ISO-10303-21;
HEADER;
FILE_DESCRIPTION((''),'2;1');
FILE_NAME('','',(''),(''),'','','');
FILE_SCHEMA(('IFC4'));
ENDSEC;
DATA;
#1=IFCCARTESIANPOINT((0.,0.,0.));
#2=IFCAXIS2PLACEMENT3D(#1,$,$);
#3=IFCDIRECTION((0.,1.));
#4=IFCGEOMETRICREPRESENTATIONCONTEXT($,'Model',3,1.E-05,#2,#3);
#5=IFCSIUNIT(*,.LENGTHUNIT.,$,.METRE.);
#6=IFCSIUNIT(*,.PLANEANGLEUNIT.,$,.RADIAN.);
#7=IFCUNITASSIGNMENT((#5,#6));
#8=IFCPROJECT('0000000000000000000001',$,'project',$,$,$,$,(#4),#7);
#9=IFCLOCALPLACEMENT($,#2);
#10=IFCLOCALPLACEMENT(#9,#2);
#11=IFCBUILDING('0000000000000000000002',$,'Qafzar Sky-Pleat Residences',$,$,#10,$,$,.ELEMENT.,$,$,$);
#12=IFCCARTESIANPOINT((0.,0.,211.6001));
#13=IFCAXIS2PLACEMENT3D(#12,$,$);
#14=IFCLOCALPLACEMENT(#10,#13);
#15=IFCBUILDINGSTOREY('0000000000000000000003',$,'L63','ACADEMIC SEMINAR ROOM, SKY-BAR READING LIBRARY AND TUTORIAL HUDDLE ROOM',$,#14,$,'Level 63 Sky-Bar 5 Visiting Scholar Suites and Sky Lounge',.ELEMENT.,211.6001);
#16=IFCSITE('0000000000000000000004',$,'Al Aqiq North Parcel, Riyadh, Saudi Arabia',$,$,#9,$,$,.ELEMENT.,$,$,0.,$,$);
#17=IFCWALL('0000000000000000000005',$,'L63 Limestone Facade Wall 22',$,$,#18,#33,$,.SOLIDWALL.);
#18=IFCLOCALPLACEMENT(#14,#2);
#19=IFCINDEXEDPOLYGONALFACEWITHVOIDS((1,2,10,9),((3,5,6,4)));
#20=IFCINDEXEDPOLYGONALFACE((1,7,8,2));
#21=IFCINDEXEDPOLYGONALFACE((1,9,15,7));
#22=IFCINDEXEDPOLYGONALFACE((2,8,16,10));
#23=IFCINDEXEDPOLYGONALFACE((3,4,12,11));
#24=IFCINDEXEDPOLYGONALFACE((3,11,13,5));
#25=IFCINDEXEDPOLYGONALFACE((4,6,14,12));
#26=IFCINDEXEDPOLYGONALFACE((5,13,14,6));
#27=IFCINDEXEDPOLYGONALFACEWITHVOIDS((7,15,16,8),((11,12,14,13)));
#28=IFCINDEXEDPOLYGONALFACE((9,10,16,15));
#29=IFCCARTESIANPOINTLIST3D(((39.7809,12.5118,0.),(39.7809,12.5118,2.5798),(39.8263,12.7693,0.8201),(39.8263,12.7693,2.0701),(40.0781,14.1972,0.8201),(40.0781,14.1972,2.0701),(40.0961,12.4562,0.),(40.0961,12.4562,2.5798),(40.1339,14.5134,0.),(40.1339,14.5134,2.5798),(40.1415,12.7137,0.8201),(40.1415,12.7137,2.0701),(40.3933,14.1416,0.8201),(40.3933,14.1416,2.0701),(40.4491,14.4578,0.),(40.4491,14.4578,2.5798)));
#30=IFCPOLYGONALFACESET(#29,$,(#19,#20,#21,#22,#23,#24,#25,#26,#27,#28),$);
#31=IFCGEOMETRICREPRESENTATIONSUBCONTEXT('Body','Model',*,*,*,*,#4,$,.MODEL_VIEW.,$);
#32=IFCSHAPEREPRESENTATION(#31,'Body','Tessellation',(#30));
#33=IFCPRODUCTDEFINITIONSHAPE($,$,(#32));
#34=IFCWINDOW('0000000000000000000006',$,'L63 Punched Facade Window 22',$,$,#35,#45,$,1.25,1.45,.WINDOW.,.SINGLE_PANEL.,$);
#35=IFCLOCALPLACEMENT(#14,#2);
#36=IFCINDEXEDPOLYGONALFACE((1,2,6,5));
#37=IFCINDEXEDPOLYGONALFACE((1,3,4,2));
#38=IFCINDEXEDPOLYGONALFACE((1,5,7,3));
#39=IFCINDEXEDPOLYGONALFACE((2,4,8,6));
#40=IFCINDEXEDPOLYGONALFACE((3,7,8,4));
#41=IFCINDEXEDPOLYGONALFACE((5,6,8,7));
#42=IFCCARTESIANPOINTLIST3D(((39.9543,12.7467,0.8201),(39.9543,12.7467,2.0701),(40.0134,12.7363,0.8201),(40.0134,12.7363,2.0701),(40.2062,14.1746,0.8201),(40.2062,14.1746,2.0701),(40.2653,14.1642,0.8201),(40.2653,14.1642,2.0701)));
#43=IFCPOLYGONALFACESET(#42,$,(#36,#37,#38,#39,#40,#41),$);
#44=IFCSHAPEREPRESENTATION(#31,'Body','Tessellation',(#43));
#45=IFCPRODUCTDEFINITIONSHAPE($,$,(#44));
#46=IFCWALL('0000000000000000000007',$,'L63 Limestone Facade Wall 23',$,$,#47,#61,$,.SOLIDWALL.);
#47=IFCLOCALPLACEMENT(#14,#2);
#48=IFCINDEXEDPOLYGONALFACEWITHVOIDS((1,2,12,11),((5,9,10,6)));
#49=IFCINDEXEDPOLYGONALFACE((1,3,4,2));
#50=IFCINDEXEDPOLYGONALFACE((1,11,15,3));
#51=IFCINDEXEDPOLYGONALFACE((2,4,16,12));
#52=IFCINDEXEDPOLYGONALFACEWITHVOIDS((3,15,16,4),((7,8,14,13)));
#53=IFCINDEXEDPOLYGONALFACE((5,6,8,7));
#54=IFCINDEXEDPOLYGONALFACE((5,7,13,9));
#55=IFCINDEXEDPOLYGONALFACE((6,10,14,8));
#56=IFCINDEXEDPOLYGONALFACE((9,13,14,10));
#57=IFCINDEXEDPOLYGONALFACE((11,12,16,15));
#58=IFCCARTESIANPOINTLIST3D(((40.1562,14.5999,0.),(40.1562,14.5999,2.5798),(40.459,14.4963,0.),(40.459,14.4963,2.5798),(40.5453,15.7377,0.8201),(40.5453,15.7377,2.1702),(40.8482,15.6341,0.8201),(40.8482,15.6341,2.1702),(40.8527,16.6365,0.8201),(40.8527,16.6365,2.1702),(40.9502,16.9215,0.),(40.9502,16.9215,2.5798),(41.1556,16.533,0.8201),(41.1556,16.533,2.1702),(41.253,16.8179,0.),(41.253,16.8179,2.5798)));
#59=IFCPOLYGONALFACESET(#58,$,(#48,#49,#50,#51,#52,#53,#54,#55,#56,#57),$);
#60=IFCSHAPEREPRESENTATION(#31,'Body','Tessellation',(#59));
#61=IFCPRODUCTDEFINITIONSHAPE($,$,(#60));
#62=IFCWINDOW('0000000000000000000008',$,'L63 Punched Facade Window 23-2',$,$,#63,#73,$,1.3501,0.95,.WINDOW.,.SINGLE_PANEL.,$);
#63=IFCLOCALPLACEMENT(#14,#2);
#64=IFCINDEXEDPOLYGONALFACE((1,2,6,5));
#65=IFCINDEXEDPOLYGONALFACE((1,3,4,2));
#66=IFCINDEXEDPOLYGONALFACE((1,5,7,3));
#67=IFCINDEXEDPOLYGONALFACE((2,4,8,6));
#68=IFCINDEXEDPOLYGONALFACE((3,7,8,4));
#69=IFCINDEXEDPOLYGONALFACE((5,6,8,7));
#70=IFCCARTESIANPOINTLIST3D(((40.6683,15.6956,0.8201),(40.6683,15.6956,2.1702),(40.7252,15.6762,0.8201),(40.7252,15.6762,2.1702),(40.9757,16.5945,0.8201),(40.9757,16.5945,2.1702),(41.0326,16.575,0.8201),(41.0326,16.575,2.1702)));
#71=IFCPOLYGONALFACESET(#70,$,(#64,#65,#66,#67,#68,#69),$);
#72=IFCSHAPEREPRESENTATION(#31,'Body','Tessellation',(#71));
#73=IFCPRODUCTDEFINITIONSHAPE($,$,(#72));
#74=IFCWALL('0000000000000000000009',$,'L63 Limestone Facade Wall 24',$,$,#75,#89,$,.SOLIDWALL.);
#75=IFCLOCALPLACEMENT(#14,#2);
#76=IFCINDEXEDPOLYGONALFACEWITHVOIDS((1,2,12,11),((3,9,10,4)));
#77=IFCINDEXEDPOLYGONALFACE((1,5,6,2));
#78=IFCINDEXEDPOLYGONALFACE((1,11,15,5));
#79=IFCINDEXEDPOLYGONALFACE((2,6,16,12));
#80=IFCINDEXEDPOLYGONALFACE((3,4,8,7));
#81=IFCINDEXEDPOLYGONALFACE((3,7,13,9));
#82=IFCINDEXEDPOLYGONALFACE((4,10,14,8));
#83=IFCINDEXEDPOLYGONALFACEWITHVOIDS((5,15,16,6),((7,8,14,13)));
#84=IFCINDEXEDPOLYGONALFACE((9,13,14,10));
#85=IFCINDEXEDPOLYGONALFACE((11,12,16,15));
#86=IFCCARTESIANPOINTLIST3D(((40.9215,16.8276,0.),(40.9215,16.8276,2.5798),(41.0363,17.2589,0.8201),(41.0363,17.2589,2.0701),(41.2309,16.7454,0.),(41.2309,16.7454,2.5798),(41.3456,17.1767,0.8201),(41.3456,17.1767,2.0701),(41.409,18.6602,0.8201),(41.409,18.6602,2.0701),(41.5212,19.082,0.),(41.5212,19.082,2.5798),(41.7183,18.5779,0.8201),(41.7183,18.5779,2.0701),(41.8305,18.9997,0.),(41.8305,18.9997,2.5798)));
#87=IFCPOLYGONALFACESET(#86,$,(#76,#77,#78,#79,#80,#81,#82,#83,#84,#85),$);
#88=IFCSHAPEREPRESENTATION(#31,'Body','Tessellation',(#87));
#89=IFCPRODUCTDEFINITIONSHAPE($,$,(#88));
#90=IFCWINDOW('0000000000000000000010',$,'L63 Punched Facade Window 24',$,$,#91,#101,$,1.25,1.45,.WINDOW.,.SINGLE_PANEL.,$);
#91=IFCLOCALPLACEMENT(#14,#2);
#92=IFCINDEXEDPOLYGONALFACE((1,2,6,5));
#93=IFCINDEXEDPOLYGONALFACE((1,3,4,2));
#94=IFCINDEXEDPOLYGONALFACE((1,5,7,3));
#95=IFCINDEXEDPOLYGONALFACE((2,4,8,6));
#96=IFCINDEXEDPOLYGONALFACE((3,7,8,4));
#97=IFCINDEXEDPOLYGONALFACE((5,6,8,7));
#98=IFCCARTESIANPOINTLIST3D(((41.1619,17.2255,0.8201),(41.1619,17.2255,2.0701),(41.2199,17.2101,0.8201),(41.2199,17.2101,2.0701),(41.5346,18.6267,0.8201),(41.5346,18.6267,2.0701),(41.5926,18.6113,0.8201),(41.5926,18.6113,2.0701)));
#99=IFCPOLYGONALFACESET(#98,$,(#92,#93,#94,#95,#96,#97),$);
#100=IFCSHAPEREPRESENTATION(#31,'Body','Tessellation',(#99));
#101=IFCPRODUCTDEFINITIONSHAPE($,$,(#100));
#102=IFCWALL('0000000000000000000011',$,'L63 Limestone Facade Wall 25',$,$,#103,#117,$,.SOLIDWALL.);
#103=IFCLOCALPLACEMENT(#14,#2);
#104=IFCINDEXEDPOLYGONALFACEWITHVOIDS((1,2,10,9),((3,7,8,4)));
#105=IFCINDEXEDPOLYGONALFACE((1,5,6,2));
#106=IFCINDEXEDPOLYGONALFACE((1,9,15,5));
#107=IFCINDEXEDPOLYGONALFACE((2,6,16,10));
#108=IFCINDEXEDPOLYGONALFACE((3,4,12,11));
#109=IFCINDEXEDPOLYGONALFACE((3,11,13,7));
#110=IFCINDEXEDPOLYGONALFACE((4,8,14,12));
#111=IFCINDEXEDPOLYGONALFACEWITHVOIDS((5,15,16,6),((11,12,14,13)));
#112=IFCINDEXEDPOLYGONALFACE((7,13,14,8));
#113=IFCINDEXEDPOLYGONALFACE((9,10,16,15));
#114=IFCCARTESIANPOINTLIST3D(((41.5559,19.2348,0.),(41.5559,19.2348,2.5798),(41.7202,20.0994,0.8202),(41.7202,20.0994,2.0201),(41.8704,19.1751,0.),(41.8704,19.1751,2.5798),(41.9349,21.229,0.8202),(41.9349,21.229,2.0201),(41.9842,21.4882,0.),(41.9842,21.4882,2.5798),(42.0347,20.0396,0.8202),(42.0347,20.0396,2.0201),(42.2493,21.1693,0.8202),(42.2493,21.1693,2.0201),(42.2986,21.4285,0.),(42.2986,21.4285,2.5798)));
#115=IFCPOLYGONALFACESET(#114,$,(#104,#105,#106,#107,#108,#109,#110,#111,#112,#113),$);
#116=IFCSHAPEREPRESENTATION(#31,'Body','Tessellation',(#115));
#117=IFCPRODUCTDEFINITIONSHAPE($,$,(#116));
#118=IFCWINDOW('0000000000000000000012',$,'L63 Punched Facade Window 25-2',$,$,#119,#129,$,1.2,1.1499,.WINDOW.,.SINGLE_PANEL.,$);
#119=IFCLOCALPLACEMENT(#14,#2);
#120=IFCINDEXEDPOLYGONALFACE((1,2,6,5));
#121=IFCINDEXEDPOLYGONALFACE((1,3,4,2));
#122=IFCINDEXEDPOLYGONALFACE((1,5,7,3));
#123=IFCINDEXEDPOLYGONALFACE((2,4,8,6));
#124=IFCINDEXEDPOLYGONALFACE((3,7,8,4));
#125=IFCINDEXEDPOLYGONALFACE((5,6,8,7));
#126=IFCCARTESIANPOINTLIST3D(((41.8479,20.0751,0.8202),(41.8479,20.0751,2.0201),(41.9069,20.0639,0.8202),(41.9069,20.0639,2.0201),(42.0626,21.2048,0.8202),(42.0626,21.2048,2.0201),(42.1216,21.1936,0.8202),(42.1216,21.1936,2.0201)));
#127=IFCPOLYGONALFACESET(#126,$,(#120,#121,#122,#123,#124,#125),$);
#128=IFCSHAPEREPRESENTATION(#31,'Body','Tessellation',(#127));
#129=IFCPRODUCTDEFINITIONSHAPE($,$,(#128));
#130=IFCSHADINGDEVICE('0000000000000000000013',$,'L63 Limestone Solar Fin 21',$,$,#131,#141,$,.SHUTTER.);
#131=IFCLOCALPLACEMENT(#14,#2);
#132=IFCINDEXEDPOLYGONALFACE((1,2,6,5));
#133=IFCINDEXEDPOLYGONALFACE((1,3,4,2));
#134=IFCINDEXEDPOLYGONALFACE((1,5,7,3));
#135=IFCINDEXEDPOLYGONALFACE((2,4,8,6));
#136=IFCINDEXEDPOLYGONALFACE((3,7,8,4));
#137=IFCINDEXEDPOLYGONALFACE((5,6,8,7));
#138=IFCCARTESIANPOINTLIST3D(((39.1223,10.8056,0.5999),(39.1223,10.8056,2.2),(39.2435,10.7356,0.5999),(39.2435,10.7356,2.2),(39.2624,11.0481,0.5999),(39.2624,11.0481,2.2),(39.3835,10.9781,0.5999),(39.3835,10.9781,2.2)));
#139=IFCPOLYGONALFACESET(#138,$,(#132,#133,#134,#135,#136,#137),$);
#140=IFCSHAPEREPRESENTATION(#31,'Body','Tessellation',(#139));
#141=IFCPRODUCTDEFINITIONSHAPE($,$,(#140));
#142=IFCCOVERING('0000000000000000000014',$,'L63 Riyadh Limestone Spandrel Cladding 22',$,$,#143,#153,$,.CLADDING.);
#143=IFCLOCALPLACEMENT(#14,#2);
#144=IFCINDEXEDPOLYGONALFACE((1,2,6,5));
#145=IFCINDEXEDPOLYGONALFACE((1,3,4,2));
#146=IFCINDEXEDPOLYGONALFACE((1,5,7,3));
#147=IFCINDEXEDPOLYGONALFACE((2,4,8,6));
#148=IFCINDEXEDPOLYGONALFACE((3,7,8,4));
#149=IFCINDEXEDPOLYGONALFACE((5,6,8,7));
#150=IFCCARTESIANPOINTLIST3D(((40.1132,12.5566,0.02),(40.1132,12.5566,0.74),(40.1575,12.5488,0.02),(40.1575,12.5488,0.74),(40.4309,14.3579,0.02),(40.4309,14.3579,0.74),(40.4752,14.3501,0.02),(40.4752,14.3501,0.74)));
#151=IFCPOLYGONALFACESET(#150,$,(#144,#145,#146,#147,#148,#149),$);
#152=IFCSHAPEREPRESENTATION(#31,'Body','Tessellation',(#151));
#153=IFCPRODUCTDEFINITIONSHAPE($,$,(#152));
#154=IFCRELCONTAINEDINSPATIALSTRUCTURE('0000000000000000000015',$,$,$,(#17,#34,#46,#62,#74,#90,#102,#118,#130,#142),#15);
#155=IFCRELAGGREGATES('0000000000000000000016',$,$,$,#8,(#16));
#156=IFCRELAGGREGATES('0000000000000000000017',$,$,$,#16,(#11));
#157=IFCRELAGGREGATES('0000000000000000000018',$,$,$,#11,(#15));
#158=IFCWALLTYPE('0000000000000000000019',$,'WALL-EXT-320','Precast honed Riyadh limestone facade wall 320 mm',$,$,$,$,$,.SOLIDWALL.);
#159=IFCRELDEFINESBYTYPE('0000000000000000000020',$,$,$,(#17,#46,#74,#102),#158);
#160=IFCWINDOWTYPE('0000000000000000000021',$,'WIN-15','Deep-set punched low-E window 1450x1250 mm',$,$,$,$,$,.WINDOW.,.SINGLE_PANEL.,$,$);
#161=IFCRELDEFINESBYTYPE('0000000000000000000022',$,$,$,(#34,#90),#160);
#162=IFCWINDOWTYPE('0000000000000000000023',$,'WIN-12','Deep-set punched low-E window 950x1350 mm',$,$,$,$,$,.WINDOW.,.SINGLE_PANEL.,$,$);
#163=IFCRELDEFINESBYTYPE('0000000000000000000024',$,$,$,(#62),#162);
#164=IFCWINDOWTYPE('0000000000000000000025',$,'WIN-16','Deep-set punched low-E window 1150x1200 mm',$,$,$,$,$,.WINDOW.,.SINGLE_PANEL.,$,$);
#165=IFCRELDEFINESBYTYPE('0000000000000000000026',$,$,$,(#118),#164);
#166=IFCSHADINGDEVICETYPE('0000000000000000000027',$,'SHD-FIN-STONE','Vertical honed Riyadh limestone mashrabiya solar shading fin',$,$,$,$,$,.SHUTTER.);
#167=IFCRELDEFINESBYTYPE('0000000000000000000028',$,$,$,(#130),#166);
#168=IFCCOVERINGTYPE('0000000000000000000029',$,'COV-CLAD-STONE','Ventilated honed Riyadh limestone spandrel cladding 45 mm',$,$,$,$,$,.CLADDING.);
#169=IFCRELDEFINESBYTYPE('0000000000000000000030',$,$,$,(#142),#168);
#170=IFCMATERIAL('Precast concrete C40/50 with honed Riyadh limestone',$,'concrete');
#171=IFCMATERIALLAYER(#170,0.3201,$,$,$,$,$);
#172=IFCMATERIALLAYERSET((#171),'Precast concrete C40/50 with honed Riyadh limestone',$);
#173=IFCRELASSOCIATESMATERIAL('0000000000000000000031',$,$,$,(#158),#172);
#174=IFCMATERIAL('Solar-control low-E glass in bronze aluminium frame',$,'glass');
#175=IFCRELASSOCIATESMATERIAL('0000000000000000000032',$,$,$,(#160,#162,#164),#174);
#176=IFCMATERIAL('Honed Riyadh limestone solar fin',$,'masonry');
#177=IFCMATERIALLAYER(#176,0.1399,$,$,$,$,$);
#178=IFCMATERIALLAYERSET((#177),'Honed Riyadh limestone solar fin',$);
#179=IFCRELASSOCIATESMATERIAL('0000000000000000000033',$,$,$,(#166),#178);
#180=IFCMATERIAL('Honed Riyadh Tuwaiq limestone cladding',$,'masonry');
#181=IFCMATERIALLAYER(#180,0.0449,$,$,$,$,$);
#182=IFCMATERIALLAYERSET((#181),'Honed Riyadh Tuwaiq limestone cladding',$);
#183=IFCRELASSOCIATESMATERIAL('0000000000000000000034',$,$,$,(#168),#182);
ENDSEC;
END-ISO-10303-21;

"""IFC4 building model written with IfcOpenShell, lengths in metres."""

from ifc_helpers import new_model, si_unit, direction, frame, frame_2d, origin, origin_2d, place, context, subcontext, project, spatial, rectangle, extrude, source, transform, mapped, material, layer, layer_set, type_object, element, fill, save


model = new_model("IFC4")

# Units and contexts
model_context = context("Model", 3, precision=1e-05, world=origin(), true_north=direction((0.0, 1.0)))
body_context = subcontext(model_context, "Body", "Model", "MODEL_VIEW")
ifc_project = project(units=[si_unit("LENGTHUNIT", "METRE"), si_unit("PLANEANGLEUNIT", "RADIAN")], contexts=[model_context])

# Site, building, storey
site_placement = place(None, origin())
site = spatial("IfcSite", under=ifc_project, at=site_placement, Name="Al Aqiq North Parcel, Riyadh, Saudi Arabia", CompositionType="ELEMENT", RefElevation=0.0)
building_placement = place(site_placement, origin())
building = spatial("IfcBuilding", under=site, at=building_placement, Name="Qafzar Sky-Pleat Residences", CompositionType="ELEMENT")
storey_placement = place(building_placement, frame((0.0, 0.0, 211.6001)))
storey = spatial("IfcBuildingStorey", under=building, at=storey_placement, Name="L63", Description="ACADEMIC SEMINAR ROOM, SKY-BAR READING LIBRARY AND TUTORIAL HUDDLE ROOM", LongName="Level 63 Sky-Bar 5 Visiting Scholar Suites and Sky Lounge", CompositionType="ELEMENT", Elevation=211.6001)

# Walls, openings, windows
ifc_material_1 = material(Name="Precast concrete C40/50 with honed Riyadh limestone", Category="concrete")
ifc_layer_1 = layer(ifc_material_1, 0.3201)
ifc_layer_set_1 = layer_set([ifc_layer_1], Name="Precast concrete C40/50 with honed Riyadh limestone")
wall_type_1 = type_object("IfcWallType", Name="WALL-EXT-320", Description="Precast honed Riyadh limestone facade wall 320 mm", PredefinedType="SOLIDWALL", material=ifc_layer_set_1)
ifc_material_2 = material(Name="Solar-control low-E glass in bronze aluminium frame", Category="glass")
window_type_1 = type_object("IfcWindowType", Name="WIN-15", Description="Deep-set punched low-E window 1450x1250 mm", PartitioningType="SINGLE_PANEL", PredefinedType="WINDOW", material=ifc_material_2)
shared_shape_1 = source(origin(), body_context, "Body", "SweptSolid", [
    extrude(rectangle(XDim=1.45, YDim=1.25, at=frame_2d((0.7251, 0.625))), frame((0.0, 0.03, 0.0), z_axis=(0.0, -1.0, 0.0), x_axis=(1.0, 0.0, 0.0)), (0.0, 0.0, 1.0), 0.0601),
])
wall_1_placement = place(storey_placement, frame((39.9385, 12.4841, 0.0), z_axis=(0.0, 0.0, 1.0), x_axis=(0.173703, 0.984798, 0.0)))
wall_1 = element("IfcWall", 1, at=wall_1_placement, inside=storey, type_object=wall_type_1, Name="L63 Limestone Facade Wall 22", PredefinedType="SOLIDWALL", context=body_context, shape_type="SweptSolid", body=[
    extrude(rectangle(XDim=2.0325, YDim=0.3201, at=frame_2d((1.0161, 0.0))), origin(), (0.0, 0.0, 1.0), 2.5798),
])
opening_1_placement = place(wall_1_placement, frame((0.2612, 0.0, 0.8201)))
opening_1 = element("IfcOpeningElement", 2, at=opening_1_placement, cuts=wall_1, PredefinedType="OPENING", context=body_context, shape_type="SweptSolid", body=[
    extrude(rectangle(XDim=1.45, YDim=1.25, at=frame_2d((0.7251, 0.625))), frame((0.0, 0.1699, 0.0), z_axis=(0.0, -1.0, 0.0), x_axis=(1.0, 0.0, 0.0)), (0.0, 0.0, 1.0), 0.3401),
])
window_1_placement = place(opening_1_placement, origin())
window_1 = element("IfcWindow", 3, at=window_1_placement, inside=storey, type_object=window_type_1, Name="L63 Punched Facade Window 22", OverallHeight=1.25, OverallWidth=1.45, PartitioningType="SINGLE_PANEL", PredefinedType="WINDOW", context=body_context, shape_type="MappedRepresentation", body=[
    mapped(shared_shape_1, transform((0.0, 0.0, 0.0), x_axis=(1.0, 0.0, 0.0), y_axis=(0.0, 1.0, 0.0), z_axis=(0.0, 0.0, 1.0), scale=1.0)),
])
fill(opening_1, window_1)
wall_2_placement = place(storey_placement, frame((40.3076, 14.5481, 0.0), z_axis=(0.0, 0.0, 1.0), x_axis=(0.323592, 0.946197, 0.0)))
wall_2 = element("IfcWall", 4, at=wall_2_placement, inside=storey, type_object=wall_type_1, Name="L63 Limestone Facade Wall 23", PredefinedType="SOLIDWALL", context=body_context, shape_type="SweptSolid", body=[
    extrude(rectangle(XDim=2.4536, YDim=0.3201, at=frame_2d((1.2268, 0.0))), origin(), (0.0, 0.0, 1.0), 2.5798),
])
opening_2_placement = place(wall_2_placement, frame((1.2024, 0.0, 0.8201)))
opening_2 = element("IfcOpeningElement", 5, at=opening_2_placement, cuts=wall_2, PredefinedType="OPENING", context=body_context, shape_type="SweptSolid", body=[
    extrude(rectangle(XDim=0.95, YDim=1.3501, at=frame_2d((0.4751, 0.675))), frame((0.0, 0.1699, 0.0), z_axis=(0.0, -1.0, 0.0), x_axis=(1.0, 0.0, 0.0)), (0.0, 0.0, 1.0), 0.3401),
])
window_type_2 = type_object("IfcWindowType", Name="WIN-12", Description="Deep-set punched low-E window 950x1350 mm", PartitioningType="SINGLE_PANEL", PredefinedType="WINDOW", material=ifc_material_2)
shared_shape_2 = source(origin(), body_context, "Body", "SweptSolid", [
    extrude(rectangle(XDim=0.95, YDim=1.3501, at=frame_2d((0.4751, 0.675))), frame((0.0, 0.03, 0.0), z_axis=(0.0, -1.0, 0.0), x_axis=(1.0, 0.0, 0.0)), (0.0, 0.0, 1.0), 0.0601),
])
window_2_placement = place(opening_2_placement, origin())
window_2 = element("IfcWindow", 6, at=window_2_placement, inside=storey, type_object=window_type_2, Name="L63 Punched Facade Window 23-2", OverallHeight=1.3501, OverallWidth=0.95, PartitioningType="SINGLE_PANEL", PredefinedType="WINDOW", context=body_context, shape_type="MappedRepresentation", body=[
    mapped(shared_shape_2, transform((0.0, 0.0, 0.0), x_axis=(1.0, 0.0, 0.0), y_axis=(0.0, 1.0, 0.0), z_axis=(0.0, 0.0, 1.0), scale=1.0)),
])
fill(opening_2, window_2)
wall_3_placement = place(storey_placement, frame((41.0762, 16.7864, 0.0), z_axis=(0.0, 0.0, 1.0), x_axis=(0.257037, 0.966401, 0.0)))
wall_3 = element("IfcWall", 7, at=wall_3_placement, inside=storey, type_object=wall_type_1, Name="L63 Limestone Facade Wall 24", PredefinedType="SOLIDWALL", context=body_context, shape_type="SweptSolid", body=[
    extrude(rectangle(XDim=2.3328, YDim=0.3201, at=frame_2d((1.1665, 0.0))), origin(), (0.0, 0.0, 1.0), 2.5798),
])
opening_3_placement = place(wall_3_placement, frame((0.4463, 0.0, 0.8201)))
opening_3 = element("IfcOpeningElement", 8, at=opening_3_placement, cuts=wall_3, PredefinedType="OPENING", context=body_context, shape_type="SweptSolid", body=[
    extrude(rectangle(XDim=1.45, YDim=1.25, at=frame_2d((0.7251, 0.625))), frame((0.0, 0.1699, 0.0), z_axis=(0.0, -1.0, 0.0), x_axis=(1.0, 0.0, 0.0)), (0.0, 0.0, 1.0), 0.3401),
])
window_3_placement = place(opening_3_placement, origin())
window_3 = element("IfcWindow", 9, at=window_3_placement, inside=storey, type_object=window_type_1, Name="L63 Punched Facade Window 24", OverallHeight=1.25, OverallWidth=1.45, PartitioningType="SINGLE_PANEL", PredefinedType="WINDOW", context=body_context, shape_type="MappedRepresentation", body=[
    mapped(shared_shape_1, transform((0.0, 0.0, 0.0), x_axis=(1.0, 0.0, 0.0), y_axis=(0.0, 1.0, 0.0), z_axis=(0.0, 0.0, 1.0), scale=1.0)),
])
fill(opening_3, window_3)
wall_4_placement = place(storey_placement, frame((41.7131, 19.2048, 0.0), z_axis=(0.0, 0.0, 1.0), x_axis=(0.186691, 0.982419, 0.0)))
wall_4 = element("IfcWall", 10, at=wall_4_placement, inside=storey, type_object=wall_type_1, Name="L63 Limestone Facade Wall 25", PredefinedType="SOLIDWALL", context=body_context, shape_type="SweptSolid", body=[
    extrude(rectangle(XDim=2.2937, YDim=0.3201, at=frame_2d((1.147, 0.0))), origin(), (0.0, 0.0, 1.0), 2.5798),
])
opening_4_placement = place(wall_4_placement, frame((0.8801, 0.0, 0.8201)))
opening_4 = element("IfcOpeningElement", 11, at=opening_4_placement, cuts=wall_4, PredefinedType="OPENING", context=body_context, shape_type="SweptSolid", body=[
    extrude(rectangle(XDim=1.1499, YDim=1.2, at=frame_2d((0.575, 0.6001))), frame((0.0, 0.1699, 0.0), z_axis=(0.0, -1.0, 0.0), x_axis=(1.0, 0.0, 0.0)), (0.0, 0.0, 1.0), 0.3401),
])
window_type_3 = type_object("IfcWindowType", Name="WIN-16", Description="Deep-set punched low-E window 1150x1200 mm", PartitioningType="SINGLE_PANEL", PredefinedType="WINDOW", material=ifc_material_2)
shared_shape_3 = source(origin(), body_context, "Body", "SweptSolid", [
    extrude(rectangle(XDim=1.1499, YDim=1.2, at=frame_2d((0.575, 0.6001))), frame((0.0, 0.03, 0.0), z_axis=(0.0, -1.0, 0.0), x_axis=(1.0, 0.0, 0.0)), (0.0, 0.0, 1.0), 0.0601),
])
window_4_placement = place(opening_4_placement, origin())
window_4 = element("IfcWindow", 12, at=window_4_placement, inside=storey, type_object=window_type_3, Name="L63 Punched Facade Window 25-2", OverallHeight=1.2, OverallWidth=1.1499, PartitioningType="SINGLE_PANEL", PredefinedType="WINDOW", context=body_context, shape_type="MappedRepresentation", body=[
    mapped(shared_shape_3, transform((0.0, 0.0, 0.0), x_axis=(1.0, 0.0, 0.0), y_axis=(0.0, 1.0, 0.0), z_axis=(0.0, 0.0, 1.0), scale=1.0)),
])
fill(opening_4, window_4)

# Shading device
ifc_material_3 = material(Name="Honed Riyadh limestone solar fin", Category="masonry")
ifc_layer_2 = layer(ifc_material_3, 0.1399)
ifc_layer_set_2 = layer_set([ifc_layer_2], Name="Honed Riyadh limestone solar fin")
shading_device_type = type_object("IfcShadingDeviceType", Name="SHD-FIN-STONE", Description="Vertical honed Riyadh limestone mashrabiya solar shading fin", PredefinedType="SHUTTER", material=ifc_layer_set_2)
shared_shape_4 = source(origin(), body_context, "Body", "SweptSolid", [
    extrude(rectangle(XDim=0.1399, YDim=0.28, at=origin_2d()), origin(), (0.0, 0.0, 1.0), 1.6001),
])
shading_device_placement = place(storey_placement, frame((39.2529, 10.8918, 0.5999), z_axis=(0.0, 0.0, 1.0), x_axis=(0.866032, -0.499989, 0.0)))
element("IfcShadingDevice", 13, at=shading_device_placement, inside=storey, type_object=shading_device_type, Name="L63 Limestone Solar Fin 21", PredefinedType="SHUTTER", context=body_context, shape_type="MappedRepresentation", body=[
    mapped(shared_shape_4, transform((0.0, 0.0, 0.0), x_axis=(1.0, 0.0, 0.0), y_axis=(0.0, 1.0, 0.0), z_axis=(0.0, 0.0, 1.0), scale=1.0)),
])

# Covering
ifc_material_4 = material(Name="Honed Riyadh Tuwaiq limestone cladding", Category="masonry")
ifc_layer_3 = layer(ifc_material_4, 0.0449)
ifc_layer_set_3 = layer_set([ifc_layer_3], Name="Honed Riyadh Tuwaiq limestone cladding")
covering_type = type_object("IfcCoveringType", Name="COV-CLAD-STONE", Description="Ventilated honed Riyadh limestone spandrel cladding 45 mm", PredefinedType="CLADDING", material=ifc_layer_set_3)
shared_shape_5 = source(origin(), body_context, "Body", "SweptSolid", [
    extrude(rectangle(XDim=1.8291, YDim=0.0449, at=origin_2d()), origin(), (0.0, 0.0, 1.0), 0.72),
])
covering_placement = place(storey_placement, frame((40.2942, 13.4534, 0.02), z_axis=(0.0, 0.0, 1.0), x_axis=(0.173696, 0.984799, 0.0)))
element("IfcCovering", 14, at=covering_placement, inside=storey, type_object=covering_type, Name="L63 Riyadh Limestone Spandrel Cladding 22", PredefinedType="CLADDING", context=body_context, shape_type="MappedRepresentation", body=[
    mapped(shared_shape_5, transform((0.0, 0.0, 0.0), x_axis=(1.0, 0.0, 0.0), y_axis=(0.0, 1.0, 0.0), z_axis=(0.0, 0.0, 1.0), scale=1.0)),
])

save(model, "model.ifc")
